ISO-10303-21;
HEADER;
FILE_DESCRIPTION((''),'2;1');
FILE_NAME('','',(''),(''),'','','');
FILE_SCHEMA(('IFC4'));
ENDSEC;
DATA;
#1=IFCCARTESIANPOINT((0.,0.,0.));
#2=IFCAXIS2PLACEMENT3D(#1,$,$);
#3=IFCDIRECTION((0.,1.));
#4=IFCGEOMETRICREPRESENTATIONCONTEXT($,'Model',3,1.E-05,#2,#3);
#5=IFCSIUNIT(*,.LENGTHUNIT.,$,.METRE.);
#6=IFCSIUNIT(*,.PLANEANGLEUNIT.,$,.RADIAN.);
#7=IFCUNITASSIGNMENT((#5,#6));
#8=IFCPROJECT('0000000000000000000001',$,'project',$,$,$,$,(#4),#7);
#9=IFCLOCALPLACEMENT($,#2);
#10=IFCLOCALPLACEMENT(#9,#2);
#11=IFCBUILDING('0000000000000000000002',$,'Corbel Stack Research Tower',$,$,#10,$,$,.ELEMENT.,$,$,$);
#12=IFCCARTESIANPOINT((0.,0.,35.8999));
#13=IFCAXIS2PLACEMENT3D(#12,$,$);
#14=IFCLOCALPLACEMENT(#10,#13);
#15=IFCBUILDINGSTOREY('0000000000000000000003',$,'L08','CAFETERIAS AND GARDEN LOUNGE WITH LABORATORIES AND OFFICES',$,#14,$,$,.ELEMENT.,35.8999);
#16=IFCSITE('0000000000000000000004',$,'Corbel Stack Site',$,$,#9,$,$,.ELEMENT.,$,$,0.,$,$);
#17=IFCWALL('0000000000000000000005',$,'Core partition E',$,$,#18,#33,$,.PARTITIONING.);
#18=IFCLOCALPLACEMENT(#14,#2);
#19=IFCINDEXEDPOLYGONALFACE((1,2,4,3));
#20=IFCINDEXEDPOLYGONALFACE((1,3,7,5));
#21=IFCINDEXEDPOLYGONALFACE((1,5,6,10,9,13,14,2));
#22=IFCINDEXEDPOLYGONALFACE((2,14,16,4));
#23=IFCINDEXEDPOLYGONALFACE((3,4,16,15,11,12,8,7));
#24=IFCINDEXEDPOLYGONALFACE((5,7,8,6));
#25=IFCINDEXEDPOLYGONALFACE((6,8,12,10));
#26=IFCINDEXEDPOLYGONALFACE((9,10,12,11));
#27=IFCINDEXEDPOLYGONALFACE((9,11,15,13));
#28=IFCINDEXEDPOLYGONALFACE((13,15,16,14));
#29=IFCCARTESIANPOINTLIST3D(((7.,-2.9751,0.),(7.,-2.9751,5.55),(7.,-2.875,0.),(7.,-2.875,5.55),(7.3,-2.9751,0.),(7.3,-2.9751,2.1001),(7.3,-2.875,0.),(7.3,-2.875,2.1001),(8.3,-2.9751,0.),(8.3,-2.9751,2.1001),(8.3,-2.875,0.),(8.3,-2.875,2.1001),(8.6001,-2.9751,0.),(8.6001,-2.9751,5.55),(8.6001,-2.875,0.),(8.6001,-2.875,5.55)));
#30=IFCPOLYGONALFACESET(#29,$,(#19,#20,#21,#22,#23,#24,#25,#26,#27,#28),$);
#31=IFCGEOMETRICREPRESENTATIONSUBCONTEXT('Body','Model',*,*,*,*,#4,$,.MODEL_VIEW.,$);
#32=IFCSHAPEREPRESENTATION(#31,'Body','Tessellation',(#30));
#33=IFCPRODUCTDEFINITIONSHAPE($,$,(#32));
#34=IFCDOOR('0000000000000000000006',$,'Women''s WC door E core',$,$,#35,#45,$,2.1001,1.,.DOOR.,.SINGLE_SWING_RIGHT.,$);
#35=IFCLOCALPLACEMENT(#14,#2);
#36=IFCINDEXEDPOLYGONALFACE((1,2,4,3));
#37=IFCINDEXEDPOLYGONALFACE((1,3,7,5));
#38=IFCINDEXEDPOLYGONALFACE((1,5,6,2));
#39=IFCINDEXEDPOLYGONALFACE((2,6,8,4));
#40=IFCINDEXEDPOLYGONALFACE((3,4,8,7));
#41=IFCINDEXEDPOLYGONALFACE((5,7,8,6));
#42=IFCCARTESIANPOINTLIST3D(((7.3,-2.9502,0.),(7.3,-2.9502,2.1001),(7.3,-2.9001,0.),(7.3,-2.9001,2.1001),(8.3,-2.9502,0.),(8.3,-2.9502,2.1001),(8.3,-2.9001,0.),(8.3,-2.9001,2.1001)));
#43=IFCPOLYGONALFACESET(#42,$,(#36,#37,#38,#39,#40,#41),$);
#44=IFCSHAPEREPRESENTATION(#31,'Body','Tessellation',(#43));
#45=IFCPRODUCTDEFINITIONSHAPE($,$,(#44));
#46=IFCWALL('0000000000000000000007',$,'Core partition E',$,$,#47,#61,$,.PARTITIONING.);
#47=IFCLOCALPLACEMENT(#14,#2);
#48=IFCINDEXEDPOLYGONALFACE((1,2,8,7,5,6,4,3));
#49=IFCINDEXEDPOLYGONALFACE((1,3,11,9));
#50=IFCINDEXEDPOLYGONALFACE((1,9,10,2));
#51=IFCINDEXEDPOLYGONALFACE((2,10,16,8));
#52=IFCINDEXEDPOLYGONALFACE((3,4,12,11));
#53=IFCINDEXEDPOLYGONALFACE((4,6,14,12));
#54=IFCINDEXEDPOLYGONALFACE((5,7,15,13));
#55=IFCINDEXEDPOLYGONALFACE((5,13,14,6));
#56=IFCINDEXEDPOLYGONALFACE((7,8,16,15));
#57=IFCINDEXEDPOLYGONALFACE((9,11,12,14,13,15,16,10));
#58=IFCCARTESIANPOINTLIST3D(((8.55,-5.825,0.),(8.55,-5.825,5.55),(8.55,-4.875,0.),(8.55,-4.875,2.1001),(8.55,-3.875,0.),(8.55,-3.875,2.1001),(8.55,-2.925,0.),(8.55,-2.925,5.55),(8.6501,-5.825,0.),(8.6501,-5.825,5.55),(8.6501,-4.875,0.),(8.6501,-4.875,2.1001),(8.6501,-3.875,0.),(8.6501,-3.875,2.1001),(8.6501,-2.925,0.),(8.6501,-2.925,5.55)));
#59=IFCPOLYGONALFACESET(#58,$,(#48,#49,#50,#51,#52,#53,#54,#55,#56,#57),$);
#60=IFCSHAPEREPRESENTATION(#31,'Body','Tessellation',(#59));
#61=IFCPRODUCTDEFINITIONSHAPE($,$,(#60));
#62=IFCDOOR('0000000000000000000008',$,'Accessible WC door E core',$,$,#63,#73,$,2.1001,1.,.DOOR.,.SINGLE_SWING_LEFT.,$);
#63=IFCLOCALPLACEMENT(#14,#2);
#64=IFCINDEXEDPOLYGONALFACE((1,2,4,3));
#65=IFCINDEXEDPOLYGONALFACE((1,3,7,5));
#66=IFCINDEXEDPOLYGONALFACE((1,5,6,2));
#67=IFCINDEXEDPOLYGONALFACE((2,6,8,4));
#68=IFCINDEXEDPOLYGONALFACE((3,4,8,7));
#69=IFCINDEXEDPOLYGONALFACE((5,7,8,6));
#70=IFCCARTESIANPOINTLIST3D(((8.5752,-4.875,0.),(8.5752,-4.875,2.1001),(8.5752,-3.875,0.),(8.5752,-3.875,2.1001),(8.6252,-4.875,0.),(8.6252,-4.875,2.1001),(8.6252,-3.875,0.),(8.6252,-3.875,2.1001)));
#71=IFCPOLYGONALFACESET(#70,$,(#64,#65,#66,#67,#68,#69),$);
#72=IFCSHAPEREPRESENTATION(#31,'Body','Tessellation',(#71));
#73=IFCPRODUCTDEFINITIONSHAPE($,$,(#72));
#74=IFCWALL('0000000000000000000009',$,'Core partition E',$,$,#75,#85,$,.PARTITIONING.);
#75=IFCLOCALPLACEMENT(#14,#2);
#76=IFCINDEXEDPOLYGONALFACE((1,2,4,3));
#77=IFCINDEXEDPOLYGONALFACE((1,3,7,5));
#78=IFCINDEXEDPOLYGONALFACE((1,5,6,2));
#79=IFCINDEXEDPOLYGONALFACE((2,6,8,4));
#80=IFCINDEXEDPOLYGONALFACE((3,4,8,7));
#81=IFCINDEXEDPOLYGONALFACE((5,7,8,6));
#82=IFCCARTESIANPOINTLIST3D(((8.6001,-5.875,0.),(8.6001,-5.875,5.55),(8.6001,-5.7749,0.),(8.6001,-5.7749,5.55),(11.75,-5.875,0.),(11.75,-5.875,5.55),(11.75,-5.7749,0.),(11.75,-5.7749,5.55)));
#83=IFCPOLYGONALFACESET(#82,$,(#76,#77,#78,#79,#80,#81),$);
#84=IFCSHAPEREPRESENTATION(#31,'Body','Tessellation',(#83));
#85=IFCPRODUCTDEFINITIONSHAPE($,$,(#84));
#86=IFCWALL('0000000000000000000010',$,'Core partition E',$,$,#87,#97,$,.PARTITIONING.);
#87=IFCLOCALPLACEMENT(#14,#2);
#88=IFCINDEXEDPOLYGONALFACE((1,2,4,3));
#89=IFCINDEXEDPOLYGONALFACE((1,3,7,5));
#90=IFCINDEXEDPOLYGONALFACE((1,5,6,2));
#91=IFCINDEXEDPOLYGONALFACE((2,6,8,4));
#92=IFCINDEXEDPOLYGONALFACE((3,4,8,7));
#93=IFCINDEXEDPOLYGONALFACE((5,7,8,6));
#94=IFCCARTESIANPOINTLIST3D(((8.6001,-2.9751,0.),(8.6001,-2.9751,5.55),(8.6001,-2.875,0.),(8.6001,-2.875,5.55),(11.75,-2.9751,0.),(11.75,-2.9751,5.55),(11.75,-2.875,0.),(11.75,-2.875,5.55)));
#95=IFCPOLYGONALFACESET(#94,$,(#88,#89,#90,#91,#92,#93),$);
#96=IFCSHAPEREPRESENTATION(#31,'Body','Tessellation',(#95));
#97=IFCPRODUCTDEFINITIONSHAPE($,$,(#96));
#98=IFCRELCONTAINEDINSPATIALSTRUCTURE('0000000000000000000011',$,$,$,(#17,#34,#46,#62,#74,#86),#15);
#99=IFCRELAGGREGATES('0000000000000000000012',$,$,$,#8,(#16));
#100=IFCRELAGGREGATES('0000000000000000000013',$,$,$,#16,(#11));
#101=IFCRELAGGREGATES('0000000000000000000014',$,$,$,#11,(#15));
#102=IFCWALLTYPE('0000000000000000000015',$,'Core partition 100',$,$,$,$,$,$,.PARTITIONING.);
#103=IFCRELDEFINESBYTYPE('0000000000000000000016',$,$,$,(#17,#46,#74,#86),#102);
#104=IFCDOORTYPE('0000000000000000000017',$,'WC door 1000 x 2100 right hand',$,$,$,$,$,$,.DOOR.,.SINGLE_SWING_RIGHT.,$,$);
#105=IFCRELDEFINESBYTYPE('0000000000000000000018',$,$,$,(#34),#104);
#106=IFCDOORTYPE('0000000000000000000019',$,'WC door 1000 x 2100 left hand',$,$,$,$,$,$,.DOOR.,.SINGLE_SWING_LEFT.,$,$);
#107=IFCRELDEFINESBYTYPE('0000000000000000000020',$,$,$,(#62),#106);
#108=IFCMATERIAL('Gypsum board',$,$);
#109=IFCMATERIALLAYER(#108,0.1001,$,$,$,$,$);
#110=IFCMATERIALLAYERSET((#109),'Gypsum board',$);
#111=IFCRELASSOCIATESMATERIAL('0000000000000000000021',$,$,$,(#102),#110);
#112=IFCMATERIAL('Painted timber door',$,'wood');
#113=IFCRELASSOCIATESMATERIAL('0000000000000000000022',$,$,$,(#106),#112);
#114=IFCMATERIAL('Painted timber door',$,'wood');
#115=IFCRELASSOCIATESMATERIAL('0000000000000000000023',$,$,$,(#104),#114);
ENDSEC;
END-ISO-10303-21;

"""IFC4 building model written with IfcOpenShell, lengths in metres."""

from ifc_helpers import new_model, si_unit, direction, frame, frame_2d, origin, place, context, subcontext, project, spatial, rectangle, extrude, material, layer, layer_set, type_object, element, fill, save


model = new_model("IFC4")

# Units and contexts
model_context = context("Model", 3, precision=1e-05, world=origin(), true_north=direction((0.0, 1.0)))
body_context = subcontext(model_context, "Body", "Model", "MODEL_VIEW")
ifc_project = project(units=[si_unit("LENGTHUNIT", "METRE"), si_unit("PLANEANGLEUNIT", "RADIAN")], contexts=[model_context])

# Site, building, storey
site_placement = place(None, origin())
site = spatial("IfcSite", under=ifc_project, at=site_placement, Name="Corbel Stack Site", CompositionType="ELEMENT", RefElevation=0.0)
building_placement = place(site_placement, origin())
building = spatial("IfcBuilding", under=site, at=building_placement, Name="Corbel Stack Research Tower", CompositionType="ELEMENT")
storey_placement = place(building_placement, frame((0.0, 0.0, 35.8999)))
storey = spatial("IfcBuildingStorey", under=building, at=storey_placement, Name="L08", Description="CAFETERIAS AND GARDEN LOUNGE WITH LABORATORIES AND OFFICES", CompositionType="ELEMENT", Elevation=35.8999)

# Walls, openings, doors
ifc_material_1 = material(Name="Gypsum board")
ifc_layer_1 = layer(ifc_material_1, 0.1001)
ifc_layer_set_1 = layer_set([ifc_layer_1], Name="Gypsum board")
wall_type_1 = type_object("IfcWallType", Name="Core partition 100", PredefinedType="PARTITIONING", material=ifc_layer_set_1)
ifc_material_2 = material(Name="Painted timber door", Category="wood")
door_type_1 = type_object("IfcDoorType", Name="WC door 1000 x 2100 left hand", OperationType="SINGLE_SWING_LEFT", PredefinedType="DOOR", material=ifc_material_2)
wall_1_placement = place(storey_placement, frame((7.0, -2.925, 0.0), z_axis=(0.0, 0.0, 1.0), x_axis=(1.0, 0.0, 0.0)))
wall_1 = element("IfcWall", 1, at=wall_1_placement, inside=storey, type_object=wall_type_1, Name="Core partition E", PredefinedType="PARTITIONING", context=body_context, shape_type="SweptSolid", body=[
    extrude(rectangle(XDim=1.6001, YDim=0.1001, at=frame_2d((0.8, 0.0))), origin(), (0.0, 0.0, 1.0), 5.55),
])
opening_1_placement = place(wall_1_placement, frame((0.3, 0.0, 0.0)))
opening_1 = element("IfcOpeningElement", 2, at=opening_1_placement, cuts=wall_1, PredefinedType="OPENING", context=body_context, shape_type="SweptSolid", body=[
    extrude(rectangle(XDim=1.0, YDim=2.1001, at=frame_2d((0.5, 1.05))), frame((0.0, 0.0601, 0.0), z_axis=(0.0, -1.0, 0.0), x_axis=(1.0, 0.0, 0.0)), (0.0, 0.0, 1.0), 0.1201),
])
ifc_material_3 = material(Name="Painted timber door", Category="wood")
door_type_2 = type_object("IfcDoorType", Name="WC door 1000 x 2100 right hand", OperationType="SINGLE_SWING_RIGHT", PredefinedType="DOOR", material=ifc_material_3)
door_1_placement = place(opening_1_placement, origin())
door_1 = element("IfcDoor", 3, at=door_1_placement, inside=storey, type_object=door_type_2, Name="Women's WC door E core", OperationType="SINGLE_SWING_RIGHT", OverallHeight=2.1001, OverallWidth=1.0, PredefinedType="DOOR", context=body_context, shape_type="SweptSolid", body=[
    extrude(rectangle(XDim=1.0, YDim=2.1001, at=frame_2d((0.5, 1.05))), frame((0.0, 0.0249, 0.0), z_axis=(0.0, -1.0, 0.0), x_axis=(1.0, 0.0, 0.0)), (0.0, 0.0, 1.0), 0.05),
])
fill(opening_1, door_1)
wall_2_placement = place(storey_placement, frame((8.6001, -5.825, 0.0), z_axis=(0.0, 0.0, 1.0), x_axis=(0.0, 1.0, 0.0)))
wall_2 = element("IfcWall", 4, at=wall_2_placement, inside=storey, type_object=wall_type_1, Name="Core partition E", PredefinedType="PARTITIONING", context=body_context, shape_type="SweptSolid", body=[
    extrude(rectangle(XDim=2.8999, YDim=0.1001, at=frame_2d((1.45, 0.0))), origin(), (0.0, 0.0, 1.0), 5.55),
])
opening_2_placement = place(wall_2_placement, frame((0.95, 0.0, 0.0)))
opening_2 = element("IfcOpeningElement", 5, at=opening_2_placement, cuts=wall_2, PredefinedType="OPENING", context=body_context, shape_type="SweptSolid", body=[
    extrude(rectangle(XDim=1.0, YDim=2.1001, at=frame_2d((0.5, 1.05))), frame((0.0, 0.0601, 0.0), z_axis=(0.0, -1.0, 0.0), x_axis=(1.0, 0.0, 0.0)), (0.0, 0.0, 1.0), 0.1201),
])
door_2_placement = place(opening_2_placement, origin())
door_2 = element("IfcDoor", 6, at=door_2_placement, inside=storey, type_object=door_type_1, Name="Accessible WC door E core", OperationType="SINGLE_SWING_LEFT", OverallHeight=2.1001, OverallWidth=1.0, PredefinedType="DOOR", context=body_context, shape_type="SweptSolid", body=[
    extrude(rectangle(XDim=1.0, YDim=2.1001, at=frame_2d((0.5, 1.05))), frame((0.0, 0.0249, 0.0), z_axis=(0.0, -1.0, 0.0), x_axis=(1.0, 0.0, 0.0)), (0.0, 0.0, 1.0), 0.05),
])
fill(opening_2, door_2)

# Walls
for number, where, z_axis, x_axis, name in (
    (7, (8.6001, -5.825, 0.0), (0.0, 0.0, 1.0), (1.0, 0.0, 0.0), "Core partition E"),
    (8, (8.6001, -2.925, 0.0), (0.0, 0.0, 1.0), (1.0, 0.0, 0.0), "Core partition E"),
):
    element("IfcWall", number, at=place(storey_placement, frame(where, z_axis=z_axis, x_axis=x_axis)), inside=storey, type_object=wall_type_1, Name=name, PredefinedType="PARTITIONING", context=body_context, shape_type="SweptSolid", body=[
        extrude(rectangle(XDim=3.1499, YDim=0.1001, at=frame_2d((1.575, 0.0))), origin(), (0.0, 0.0, 1.0), 5.55),
    ])

save(model, "model.ifc")
